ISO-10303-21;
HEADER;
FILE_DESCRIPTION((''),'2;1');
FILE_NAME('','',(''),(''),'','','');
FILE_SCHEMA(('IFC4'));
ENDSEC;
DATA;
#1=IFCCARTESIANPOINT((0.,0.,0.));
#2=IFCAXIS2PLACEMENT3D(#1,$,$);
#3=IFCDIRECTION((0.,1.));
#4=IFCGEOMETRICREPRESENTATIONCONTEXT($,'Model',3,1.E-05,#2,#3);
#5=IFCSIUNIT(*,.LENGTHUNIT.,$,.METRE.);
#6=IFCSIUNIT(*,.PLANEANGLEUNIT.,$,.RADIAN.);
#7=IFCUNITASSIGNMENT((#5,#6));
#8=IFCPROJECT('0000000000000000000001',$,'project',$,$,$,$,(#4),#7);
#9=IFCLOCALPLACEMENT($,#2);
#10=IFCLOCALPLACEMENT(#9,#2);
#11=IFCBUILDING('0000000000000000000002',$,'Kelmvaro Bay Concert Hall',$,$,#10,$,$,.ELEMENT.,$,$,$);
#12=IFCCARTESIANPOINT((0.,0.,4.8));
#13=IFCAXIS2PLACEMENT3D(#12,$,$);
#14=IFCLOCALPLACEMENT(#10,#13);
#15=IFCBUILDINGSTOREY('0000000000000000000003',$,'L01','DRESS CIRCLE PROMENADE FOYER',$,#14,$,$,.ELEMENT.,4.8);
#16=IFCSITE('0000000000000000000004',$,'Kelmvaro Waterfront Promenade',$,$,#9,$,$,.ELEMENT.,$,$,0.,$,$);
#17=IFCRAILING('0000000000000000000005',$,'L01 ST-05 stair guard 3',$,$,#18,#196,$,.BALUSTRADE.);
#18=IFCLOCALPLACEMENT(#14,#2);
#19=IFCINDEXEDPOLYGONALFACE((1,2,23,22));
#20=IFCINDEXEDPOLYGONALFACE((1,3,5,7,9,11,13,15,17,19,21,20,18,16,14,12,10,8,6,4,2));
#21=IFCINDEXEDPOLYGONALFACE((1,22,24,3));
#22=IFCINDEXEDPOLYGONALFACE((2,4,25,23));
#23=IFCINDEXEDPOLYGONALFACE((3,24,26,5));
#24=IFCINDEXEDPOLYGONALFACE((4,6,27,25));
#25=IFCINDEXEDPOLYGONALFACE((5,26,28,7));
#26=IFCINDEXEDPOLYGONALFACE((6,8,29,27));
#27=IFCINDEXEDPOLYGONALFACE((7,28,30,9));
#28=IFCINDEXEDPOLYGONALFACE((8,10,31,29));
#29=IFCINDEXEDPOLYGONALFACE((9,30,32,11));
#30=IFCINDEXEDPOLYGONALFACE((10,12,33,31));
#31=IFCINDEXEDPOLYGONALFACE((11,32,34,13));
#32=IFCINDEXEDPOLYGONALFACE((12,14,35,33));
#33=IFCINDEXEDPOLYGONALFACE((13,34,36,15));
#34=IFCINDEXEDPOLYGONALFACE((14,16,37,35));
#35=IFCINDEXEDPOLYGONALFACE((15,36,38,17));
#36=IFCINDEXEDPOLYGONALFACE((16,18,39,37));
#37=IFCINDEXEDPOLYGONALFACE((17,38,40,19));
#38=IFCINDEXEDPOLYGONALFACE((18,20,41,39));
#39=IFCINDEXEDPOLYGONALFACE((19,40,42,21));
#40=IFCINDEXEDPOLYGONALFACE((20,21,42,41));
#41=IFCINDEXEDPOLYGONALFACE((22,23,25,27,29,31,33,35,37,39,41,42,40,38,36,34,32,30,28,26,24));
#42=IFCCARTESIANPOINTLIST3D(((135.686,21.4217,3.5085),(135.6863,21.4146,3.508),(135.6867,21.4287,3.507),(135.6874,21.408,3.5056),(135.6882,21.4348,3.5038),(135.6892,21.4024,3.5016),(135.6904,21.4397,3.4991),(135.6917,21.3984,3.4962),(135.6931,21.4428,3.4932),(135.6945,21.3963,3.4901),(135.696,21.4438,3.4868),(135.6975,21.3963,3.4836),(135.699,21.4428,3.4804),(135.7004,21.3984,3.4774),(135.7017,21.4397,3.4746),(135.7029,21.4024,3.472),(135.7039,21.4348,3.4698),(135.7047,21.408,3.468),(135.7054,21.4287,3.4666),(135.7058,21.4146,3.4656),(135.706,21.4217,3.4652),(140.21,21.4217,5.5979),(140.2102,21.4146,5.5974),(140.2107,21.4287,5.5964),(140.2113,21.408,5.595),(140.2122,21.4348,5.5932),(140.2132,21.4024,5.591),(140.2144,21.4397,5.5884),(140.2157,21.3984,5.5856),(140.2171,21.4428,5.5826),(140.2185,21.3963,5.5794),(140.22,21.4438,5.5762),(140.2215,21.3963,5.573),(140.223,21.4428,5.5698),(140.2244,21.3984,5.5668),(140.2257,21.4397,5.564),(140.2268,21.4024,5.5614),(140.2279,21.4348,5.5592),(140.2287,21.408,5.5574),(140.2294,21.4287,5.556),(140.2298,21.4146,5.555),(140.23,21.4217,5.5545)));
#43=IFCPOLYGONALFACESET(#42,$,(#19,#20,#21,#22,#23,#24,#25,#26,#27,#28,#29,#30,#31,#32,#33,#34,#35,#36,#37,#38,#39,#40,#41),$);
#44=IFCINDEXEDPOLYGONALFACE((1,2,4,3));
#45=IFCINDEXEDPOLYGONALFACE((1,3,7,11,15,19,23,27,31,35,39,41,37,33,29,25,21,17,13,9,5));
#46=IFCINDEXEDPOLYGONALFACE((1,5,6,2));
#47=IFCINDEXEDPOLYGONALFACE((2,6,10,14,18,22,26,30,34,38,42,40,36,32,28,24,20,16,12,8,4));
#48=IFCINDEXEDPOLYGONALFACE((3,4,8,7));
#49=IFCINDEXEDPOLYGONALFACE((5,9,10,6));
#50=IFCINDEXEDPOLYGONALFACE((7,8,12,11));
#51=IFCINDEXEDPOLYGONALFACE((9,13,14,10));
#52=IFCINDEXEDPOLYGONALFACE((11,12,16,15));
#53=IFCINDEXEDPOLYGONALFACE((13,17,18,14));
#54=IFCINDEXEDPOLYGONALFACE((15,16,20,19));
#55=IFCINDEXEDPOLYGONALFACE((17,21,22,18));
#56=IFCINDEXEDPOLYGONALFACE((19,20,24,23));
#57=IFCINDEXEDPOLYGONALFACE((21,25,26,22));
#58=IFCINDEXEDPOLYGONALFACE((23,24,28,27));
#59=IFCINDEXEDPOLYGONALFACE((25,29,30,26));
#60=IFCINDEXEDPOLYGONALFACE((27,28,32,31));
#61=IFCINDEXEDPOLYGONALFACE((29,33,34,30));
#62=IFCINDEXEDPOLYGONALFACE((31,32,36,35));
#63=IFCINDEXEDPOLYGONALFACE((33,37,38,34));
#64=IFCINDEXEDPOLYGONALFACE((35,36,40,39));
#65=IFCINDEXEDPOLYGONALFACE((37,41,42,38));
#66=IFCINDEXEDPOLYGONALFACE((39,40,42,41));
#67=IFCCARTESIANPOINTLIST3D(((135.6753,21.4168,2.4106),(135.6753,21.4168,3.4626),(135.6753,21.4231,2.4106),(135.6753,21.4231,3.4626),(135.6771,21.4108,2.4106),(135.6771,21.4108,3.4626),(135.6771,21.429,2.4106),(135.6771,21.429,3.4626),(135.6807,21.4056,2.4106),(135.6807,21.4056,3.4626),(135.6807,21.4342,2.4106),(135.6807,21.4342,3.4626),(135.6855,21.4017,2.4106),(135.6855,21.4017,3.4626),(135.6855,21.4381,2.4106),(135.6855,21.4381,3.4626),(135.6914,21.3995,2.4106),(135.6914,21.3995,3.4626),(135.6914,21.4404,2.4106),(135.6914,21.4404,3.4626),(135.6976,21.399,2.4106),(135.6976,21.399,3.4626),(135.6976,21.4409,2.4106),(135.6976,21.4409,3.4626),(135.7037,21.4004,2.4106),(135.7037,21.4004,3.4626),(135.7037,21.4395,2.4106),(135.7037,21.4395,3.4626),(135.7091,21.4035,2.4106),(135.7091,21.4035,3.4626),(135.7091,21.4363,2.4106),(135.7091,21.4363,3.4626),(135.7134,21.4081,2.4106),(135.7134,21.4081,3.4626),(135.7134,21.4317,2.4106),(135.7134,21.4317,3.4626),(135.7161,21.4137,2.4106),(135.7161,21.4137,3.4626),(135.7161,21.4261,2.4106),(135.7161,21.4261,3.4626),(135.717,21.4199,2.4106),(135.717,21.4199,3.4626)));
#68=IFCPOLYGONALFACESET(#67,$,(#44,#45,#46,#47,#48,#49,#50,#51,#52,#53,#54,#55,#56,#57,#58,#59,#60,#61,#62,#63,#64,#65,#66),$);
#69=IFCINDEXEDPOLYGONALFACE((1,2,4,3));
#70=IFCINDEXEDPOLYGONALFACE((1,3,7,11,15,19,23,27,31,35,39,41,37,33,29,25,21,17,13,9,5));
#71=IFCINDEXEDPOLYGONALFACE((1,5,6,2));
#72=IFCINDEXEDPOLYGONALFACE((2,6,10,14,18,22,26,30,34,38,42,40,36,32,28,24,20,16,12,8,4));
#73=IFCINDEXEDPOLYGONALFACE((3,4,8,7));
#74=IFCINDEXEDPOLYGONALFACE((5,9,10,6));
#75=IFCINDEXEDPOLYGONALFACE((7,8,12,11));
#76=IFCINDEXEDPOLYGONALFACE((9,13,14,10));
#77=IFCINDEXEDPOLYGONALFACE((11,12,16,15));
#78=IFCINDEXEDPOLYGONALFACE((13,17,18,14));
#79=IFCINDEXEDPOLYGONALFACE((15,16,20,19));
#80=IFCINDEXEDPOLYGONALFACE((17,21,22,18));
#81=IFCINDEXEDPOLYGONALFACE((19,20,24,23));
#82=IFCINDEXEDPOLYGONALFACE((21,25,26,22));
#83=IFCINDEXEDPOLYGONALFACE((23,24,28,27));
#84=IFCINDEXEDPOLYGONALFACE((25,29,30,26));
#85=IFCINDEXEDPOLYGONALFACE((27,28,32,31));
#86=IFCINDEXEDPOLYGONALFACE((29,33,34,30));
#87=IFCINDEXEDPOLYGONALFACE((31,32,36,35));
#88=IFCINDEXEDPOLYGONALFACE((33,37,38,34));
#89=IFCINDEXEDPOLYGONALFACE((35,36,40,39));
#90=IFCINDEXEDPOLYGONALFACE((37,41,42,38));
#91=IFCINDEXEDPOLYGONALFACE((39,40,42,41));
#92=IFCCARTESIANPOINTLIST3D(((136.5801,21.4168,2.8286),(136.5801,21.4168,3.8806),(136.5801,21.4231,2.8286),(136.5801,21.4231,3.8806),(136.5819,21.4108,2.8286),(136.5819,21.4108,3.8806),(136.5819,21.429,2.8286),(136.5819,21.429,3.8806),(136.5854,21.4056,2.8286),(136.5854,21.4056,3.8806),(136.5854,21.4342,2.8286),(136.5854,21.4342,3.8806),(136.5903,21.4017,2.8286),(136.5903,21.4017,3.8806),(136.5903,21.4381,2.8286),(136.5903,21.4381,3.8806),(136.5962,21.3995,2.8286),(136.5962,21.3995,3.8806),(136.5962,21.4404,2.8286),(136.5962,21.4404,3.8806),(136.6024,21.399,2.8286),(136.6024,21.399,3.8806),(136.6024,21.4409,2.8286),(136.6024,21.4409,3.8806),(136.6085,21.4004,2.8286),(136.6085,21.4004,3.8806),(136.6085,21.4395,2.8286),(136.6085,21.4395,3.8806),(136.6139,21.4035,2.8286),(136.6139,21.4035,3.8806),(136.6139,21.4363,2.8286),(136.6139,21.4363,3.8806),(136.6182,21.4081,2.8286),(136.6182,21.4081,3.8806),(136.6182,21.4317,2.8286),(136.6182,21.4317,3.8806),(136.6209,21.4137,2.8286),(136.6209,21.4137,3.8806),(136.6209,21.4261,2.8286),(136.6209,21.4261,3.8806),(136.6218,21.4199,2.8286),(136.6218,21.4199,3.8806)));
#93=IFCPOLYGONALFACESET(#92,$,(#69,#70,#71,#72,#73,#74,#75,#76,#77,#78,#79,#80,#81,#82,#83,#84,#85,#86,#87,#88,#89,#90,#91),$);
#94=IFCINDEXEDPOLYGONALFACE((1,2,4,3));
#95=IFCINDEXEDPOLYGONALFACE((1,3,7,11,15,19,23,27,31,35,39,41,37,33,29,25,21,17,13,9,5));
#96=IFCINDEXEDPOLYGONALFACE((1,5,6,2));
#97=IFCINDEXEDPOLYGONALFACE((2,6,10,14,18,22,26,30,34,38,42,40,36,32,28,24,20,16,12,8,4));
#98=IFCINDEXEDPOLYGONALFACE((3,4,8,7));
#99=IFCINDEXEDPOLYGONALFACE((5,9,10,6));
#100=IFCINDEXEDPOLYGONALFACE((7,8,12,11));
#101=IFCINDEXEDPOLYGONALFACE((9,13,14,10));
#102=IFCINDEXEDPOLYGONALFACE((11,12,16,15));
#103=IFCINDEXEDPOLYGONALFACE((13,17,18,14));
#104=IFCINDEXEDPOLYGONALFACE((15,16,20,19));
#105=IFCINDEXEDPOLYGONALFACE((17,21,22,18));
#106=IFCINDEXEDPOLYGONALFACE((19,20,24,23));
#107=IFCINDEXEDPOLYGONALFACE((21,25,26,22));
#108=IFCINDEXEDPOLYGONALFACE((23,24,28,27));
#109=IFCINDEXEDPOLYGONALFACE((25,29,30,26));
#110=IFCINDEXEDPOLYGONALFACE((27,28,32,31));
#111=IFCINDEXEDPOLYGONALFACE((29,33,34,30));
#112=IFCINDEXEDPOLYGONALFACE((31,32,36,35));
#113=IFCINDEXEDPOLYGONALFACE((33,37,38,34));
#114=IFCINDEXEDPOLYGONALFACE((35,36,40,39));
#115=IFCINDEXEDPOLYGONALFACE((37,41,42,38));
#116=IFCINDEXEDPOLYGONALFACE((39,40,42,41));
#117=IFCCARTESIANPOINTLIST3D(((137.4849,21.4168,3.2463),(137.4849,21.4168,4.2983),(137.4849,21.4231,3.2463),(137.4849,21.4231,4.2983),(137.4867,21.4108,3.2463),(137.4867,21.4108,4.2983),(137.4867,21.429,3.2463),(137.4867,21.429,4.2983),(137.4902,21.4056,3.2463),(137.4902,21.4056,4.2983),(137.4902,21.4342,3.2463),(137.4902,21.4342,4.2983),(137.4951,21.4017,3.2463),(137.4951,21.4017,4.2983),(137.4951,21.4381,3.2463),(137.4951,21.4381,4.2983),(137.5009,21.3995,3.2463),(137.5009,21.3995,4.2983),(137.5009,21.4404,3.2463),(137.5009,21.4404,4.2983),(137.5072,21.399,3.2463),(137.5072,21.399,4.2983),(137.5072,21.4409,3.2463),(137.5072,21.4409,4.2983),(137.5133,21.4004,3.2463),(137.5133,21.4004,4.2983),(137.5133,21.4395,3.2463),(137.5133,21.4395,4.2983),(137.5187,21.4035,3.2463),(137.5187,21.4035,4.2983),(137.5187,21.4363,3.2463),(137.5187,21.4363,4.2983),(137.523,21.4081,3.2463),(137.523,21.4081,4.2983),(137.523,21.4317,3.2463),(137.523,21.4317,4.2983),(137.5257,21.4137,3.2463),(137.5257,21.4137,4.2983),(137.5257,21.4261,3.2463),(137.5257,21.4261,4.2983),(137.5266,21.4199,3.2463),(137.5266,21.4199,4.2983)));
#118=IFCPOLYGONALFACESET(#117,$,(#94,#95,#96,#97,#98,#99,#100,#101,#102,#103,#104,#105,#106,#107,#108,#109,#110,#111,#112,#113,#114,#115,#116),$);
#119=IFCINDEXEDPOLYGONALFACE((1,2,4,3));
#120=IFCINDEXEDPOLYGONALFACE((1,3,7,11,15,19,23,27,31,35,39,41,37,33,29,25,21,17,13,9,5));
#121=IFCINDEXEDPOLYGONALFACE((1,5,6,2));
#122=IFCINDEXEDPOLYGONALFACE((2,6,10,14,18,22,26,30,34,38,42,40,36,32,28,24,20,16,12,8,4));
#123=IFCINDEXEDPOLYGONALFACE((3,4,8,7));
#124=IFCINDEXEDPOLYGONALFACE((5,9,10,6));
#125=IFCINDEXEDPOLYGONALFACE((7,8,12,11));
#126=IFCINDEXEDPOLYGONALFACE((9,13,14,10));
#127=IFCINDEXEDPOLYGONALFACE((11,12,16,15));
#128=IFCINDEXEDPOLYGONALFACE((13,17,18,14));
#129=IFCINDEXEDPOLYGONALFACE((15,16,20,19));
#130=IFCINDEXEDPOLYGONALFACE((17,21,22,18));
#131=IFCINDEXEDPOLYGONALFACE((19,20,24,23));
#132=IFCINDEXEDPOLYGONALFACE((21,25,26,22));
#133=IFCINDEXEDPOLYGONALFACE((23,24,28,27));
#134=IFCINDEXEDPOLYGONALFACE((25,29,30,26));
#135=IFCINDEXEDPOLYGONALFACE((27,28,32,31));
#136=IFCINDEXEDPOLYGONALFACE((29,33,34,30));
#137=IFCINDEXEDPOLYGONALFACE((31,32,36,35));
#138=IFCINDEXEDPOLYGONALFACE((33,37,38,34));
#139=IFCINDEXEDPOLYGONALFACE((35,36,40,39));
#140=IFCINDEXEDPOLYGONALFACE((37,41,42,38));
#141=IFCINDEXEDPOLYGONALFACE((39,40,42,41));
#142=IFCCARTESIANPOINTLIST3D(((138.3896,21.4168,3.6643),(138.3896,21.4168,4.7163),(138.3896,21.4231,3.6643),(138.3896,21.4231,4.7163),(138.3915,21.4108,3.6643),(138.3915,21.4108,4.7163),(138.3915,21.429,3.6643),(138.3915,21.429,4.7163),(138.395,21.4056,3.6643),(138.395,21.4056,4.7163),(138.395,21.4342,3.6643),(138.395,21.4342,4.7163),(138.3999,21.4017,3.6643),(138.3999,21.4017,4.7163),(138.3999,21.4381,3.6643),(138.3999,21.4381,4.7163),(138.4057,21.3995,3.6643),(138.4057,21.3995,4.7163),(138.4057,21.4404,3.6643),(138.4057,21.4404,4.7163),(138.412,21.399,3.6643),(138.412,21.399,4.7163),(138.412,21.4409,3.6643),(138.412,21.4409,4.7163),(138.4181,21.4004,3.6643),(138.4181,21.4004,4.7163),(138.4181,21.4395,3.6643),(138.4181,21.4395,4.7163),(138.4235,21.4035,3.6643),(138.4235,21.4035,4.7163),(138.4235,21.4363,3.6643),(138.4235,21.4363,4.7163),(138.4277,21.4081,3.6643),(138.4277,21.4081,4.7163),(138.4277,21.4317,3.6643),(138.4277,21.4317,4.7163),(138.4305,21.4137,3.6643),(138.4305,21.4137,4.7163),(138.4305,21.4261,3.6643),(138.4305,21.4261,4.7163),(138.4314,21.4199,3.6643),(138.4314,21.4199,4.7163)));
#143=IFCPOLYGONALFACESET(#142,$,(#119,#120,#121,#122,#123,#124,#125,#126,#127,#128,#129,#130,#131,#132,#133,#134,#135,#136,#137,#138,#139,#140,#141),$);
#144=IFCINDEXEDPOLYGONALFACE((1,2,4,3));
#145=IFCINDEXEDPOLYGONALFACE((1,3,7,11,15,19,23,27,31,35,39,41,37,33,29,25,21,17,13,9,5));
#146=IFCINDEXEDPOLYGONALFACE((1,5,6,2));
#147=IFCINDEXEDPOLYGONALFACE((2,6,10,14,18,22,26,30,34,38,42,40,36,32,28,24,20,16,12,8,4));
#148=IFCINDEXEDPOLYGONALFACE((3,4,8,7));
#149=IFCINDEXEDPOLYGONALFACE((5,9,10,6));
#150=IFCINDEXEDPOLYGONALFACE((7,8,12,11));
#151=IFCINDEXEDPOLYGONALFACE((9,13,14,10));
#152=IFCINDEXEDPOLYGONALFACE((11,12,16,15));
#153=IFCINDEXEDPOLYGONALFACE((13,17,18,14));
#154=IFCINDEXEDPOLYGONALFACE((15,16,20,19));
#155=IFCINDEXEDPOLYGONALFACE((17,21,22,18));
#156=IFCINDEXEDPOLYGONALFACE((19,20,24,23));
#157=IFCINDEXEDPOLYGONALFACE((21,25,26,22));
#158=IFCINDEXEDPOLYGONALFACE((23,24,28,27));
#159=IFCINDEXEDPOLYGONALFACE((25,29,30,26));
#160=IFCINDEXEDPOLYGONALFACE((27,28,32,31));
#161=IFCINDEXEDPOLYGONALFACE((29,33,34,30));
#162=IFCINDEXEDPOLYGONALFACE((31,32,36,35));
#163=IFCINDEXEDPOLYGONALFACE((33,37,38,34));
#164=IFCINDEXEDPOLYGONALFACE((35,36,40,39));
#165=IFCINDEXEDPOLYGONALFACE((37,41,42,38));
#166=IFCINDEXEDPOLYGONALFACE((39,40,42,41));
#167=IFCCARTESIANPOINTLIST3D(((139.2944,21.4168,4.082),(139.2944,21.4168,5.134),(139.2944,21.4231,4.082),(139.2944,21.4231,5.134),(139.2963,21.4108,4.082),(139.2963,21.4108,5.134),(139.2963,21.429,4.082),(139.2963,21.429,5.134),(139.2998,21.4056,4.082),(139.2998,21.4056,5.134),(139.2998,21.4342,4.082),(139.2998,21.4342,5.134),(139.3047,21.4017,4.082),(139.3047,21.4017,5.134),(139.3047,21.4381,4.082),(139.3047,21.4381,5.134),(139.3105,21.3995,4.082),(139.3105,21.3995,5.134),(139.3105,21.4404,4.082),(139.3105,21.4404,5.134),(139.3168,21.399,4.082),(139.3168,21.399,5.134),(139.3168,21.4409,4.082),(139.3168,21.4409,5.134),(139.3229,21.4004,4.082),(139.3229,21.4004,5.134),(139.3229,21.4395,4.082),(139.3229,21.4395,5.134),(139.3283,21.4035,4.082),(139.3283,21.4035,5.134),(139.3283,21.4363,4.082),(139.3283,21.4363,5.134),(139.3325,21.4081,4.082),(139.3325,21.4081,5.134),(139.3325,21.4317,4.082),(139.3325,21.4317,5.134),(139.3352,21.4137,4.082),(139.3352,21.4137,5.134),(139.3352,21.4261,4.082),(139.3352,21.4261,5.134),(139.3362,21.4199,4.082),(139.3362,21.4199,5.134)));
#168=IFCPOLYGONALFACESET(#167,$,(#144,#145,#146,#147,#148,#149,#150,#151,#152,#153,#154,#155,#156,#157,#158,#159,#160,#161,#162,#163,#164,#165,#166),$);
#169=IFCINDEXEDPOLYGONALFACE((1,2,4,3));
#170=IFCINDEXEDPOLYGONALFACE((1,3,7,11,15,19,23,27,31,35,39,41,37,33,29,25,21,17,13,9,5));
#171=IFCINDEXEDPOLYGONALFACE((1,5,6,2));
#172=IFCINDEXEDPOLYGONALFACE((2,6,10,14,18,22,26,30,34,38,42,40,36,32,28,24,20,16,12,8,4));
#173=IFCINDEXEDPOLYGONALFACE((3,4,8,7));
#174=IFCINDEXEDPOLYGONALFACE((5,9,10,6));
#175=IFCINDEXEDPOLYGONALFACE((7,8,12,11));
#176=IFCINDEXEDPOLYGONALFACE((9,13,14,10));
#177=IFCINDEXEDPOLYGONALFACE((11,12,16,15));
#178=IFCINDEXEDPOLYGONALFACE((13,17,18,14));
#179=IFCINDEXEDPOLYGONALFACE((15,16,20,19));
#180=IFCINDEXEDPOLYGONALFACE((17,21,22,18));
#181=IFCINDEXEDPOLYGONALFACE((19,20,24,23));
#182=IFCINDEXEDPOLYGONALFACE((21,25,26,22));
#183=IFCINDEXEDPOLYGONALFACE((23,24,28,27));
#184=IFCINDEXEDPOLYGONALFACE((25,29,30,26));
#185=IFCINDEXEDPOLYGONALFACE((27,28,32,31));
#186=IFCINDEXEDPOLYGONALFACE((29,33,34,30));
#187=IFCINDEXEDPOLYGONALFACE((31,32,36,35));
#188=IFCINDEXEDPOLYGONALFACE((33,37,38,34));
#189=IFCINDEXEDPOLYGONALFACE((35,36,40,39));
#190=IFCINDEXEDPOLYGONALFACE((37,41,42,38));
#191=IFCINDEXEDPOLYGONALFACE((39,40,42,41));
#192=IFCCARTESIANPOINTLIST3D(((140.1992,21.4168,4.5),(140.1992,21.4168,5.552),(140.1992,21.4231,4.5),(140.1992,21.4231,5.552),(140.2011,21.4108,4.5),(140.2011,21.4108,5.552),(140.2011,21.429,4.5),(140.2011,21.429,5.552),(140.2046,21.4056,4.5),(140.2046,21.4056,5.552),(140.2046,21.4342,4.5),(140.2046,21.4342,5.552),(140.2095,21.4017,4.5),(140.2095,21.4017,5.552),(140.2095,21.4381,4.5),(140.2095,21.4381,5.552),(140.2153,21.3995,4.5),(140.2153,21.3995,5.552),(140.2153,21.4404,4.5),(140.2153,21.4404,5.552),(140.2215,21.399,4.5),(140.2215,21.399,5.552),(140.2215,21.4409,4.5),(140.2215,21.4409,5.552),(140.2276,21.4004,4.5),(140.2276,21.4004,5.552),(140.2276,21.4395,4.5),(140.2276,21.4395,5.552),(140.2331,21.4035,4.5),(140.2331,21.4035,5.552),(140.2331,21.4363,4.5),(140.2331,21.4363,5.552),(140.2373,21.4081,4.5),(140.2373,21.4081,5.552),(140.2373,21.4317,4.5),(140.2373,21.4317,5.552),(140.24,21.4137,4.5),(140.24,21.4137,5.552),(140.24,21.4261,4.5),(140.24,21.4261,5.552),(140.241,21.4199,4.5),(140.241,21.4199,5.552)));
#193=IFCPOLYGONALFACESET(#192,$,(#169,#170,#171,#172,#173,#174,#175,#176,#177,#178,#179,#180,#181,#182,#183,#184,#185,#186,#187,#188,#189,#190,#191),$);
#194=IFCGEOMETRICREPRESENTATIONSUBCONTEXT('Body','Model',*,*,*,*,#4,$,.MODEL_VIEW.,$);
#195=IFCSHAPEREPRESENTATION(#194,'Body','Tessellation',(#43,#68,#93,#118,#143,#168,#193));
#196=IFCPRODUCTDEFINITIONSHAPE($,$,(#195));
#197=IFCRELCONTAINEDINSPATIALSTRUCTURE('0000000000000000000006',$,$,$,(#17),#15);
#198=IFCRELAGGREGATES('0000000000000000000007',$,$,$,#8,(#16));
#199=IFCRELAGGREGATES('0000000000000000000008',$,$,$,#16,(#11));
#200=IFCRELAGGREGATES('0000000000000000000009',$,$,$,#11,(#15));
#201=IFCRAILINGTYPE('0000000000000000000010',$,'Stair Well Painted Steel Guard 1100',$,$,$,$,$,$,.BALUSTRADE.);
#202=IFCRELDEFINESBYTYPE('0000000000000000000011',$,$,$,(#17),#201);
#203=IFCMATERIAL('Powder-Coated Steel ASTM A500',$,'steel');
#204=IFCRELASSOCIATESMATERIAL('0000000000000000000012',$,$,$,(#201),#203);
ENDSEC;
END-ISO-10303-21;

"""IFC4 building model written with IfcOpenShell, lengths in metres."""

from ifc_helpers import new_model, si_unit, direction, frame, origin, origin_2d, place, context, subcontext, project, spatial, circle, extrude, material, type_object, element, save


model = new_model("IFC4")

# Units and contexts
model_context = context("Model", 3, precision=1e-05, world=origin(), true_north=direction((0.0, 1.0)))
body_context = subcontext(model_context, "Body", "Model", "MODEL_VIEW")
ifc_project = project(units=[si_unit("LENGTHUNIT", "METRE"), si_unit("PLANEANGLEUNIT", "RADIAN")], contexts=[model_context])

# Site, building, storey
site_placement = place(None, origin())
site = spatial("IfcSite", under=ifc_project, at=site_placement, Name="Kelmvaro Waterfront Promenade", CompositionType="ELEMENT", RefElevation=0.0)
building_placement = place(site_placement, origin())
building = spatial("IfcBuilding", under=site, at=building_placement, Name="Kelmvaro Bay Concert Hall", CompositionType="ELEMENT")
storey_placement = place(building_placement, frame((0.0, 0.0, 4.8)))
storey = spatial("IfcBuildingStorey", under=building, at=storey_placement, Name="L01", Description="DRESS CIRCLE PROMENADE FOYER", CompositionType="ELEMENT", Elevation=4.8)

# Railing
ifc_material_1 = material(Name="Powder-Coated Steel ASTM A500", Category="steel")
railing_type_1 = type_object("IfcRailingType", Name="Stair Well Painted Steel Guard 1100", PredefinedType="BALUSTRADE", material=ifc_material_1)
railing_1_placement = place(storey_placement, frame((135.696, 21.4199, 2.4106)))
element("IfcRailing", 1, at=railing_1_placement, inside=storey, type_object=railing_type_1, Name="L01 ST-05 stair guard 3", PredefinedType="BALUSTRADE", context=body_context, shape_type="SweptSolid", body=[
    extrude(circle(Radius=0.0239, at=origin_2d()), frame((0.0, 0.0, 1.0762), z_axis=(0.907853, 0.0, 0.419288), x_axis=(0.0, 1.0, 0.0)), (0.0, 0.0, 1.0), 4.9832),
    extrude(circle(Radius=0.021, at=origin_2d()), origin(), (0.0, 0.0, 1.0), 1.052),
    extrude(circle(Radius=0.021, at=origin_2d()), frame((0.9048, 0.0, 0.418)), (0.0, 0.0, 1.0), 1.052),
    extrude(circle(Radius=0.021, at=origin_2d()), frame((1.8096, 0.0, 0.8357)), (0.0, 0.0, 1.0), 1.052),
    extrude(circle(Radius=0.021, at=origin_2d()), frame((2.7144, 0.0, 1.2537)), (0.0, 0.0, 1.0), 1.052),
    extrude(circle(Radius=0.021, at=origin_2d()), frame((3.6191, 0.0, 1.6714)), (0.0, 0.0, 1.0), 1.052),
    extrude(circle(Radius=0.021, at=origin_2d()), frame((4.5239, 0.0, 2.0894)), (0.0, 0.0, 1.0), 1.052),
])

save(model, "model.ifc")
